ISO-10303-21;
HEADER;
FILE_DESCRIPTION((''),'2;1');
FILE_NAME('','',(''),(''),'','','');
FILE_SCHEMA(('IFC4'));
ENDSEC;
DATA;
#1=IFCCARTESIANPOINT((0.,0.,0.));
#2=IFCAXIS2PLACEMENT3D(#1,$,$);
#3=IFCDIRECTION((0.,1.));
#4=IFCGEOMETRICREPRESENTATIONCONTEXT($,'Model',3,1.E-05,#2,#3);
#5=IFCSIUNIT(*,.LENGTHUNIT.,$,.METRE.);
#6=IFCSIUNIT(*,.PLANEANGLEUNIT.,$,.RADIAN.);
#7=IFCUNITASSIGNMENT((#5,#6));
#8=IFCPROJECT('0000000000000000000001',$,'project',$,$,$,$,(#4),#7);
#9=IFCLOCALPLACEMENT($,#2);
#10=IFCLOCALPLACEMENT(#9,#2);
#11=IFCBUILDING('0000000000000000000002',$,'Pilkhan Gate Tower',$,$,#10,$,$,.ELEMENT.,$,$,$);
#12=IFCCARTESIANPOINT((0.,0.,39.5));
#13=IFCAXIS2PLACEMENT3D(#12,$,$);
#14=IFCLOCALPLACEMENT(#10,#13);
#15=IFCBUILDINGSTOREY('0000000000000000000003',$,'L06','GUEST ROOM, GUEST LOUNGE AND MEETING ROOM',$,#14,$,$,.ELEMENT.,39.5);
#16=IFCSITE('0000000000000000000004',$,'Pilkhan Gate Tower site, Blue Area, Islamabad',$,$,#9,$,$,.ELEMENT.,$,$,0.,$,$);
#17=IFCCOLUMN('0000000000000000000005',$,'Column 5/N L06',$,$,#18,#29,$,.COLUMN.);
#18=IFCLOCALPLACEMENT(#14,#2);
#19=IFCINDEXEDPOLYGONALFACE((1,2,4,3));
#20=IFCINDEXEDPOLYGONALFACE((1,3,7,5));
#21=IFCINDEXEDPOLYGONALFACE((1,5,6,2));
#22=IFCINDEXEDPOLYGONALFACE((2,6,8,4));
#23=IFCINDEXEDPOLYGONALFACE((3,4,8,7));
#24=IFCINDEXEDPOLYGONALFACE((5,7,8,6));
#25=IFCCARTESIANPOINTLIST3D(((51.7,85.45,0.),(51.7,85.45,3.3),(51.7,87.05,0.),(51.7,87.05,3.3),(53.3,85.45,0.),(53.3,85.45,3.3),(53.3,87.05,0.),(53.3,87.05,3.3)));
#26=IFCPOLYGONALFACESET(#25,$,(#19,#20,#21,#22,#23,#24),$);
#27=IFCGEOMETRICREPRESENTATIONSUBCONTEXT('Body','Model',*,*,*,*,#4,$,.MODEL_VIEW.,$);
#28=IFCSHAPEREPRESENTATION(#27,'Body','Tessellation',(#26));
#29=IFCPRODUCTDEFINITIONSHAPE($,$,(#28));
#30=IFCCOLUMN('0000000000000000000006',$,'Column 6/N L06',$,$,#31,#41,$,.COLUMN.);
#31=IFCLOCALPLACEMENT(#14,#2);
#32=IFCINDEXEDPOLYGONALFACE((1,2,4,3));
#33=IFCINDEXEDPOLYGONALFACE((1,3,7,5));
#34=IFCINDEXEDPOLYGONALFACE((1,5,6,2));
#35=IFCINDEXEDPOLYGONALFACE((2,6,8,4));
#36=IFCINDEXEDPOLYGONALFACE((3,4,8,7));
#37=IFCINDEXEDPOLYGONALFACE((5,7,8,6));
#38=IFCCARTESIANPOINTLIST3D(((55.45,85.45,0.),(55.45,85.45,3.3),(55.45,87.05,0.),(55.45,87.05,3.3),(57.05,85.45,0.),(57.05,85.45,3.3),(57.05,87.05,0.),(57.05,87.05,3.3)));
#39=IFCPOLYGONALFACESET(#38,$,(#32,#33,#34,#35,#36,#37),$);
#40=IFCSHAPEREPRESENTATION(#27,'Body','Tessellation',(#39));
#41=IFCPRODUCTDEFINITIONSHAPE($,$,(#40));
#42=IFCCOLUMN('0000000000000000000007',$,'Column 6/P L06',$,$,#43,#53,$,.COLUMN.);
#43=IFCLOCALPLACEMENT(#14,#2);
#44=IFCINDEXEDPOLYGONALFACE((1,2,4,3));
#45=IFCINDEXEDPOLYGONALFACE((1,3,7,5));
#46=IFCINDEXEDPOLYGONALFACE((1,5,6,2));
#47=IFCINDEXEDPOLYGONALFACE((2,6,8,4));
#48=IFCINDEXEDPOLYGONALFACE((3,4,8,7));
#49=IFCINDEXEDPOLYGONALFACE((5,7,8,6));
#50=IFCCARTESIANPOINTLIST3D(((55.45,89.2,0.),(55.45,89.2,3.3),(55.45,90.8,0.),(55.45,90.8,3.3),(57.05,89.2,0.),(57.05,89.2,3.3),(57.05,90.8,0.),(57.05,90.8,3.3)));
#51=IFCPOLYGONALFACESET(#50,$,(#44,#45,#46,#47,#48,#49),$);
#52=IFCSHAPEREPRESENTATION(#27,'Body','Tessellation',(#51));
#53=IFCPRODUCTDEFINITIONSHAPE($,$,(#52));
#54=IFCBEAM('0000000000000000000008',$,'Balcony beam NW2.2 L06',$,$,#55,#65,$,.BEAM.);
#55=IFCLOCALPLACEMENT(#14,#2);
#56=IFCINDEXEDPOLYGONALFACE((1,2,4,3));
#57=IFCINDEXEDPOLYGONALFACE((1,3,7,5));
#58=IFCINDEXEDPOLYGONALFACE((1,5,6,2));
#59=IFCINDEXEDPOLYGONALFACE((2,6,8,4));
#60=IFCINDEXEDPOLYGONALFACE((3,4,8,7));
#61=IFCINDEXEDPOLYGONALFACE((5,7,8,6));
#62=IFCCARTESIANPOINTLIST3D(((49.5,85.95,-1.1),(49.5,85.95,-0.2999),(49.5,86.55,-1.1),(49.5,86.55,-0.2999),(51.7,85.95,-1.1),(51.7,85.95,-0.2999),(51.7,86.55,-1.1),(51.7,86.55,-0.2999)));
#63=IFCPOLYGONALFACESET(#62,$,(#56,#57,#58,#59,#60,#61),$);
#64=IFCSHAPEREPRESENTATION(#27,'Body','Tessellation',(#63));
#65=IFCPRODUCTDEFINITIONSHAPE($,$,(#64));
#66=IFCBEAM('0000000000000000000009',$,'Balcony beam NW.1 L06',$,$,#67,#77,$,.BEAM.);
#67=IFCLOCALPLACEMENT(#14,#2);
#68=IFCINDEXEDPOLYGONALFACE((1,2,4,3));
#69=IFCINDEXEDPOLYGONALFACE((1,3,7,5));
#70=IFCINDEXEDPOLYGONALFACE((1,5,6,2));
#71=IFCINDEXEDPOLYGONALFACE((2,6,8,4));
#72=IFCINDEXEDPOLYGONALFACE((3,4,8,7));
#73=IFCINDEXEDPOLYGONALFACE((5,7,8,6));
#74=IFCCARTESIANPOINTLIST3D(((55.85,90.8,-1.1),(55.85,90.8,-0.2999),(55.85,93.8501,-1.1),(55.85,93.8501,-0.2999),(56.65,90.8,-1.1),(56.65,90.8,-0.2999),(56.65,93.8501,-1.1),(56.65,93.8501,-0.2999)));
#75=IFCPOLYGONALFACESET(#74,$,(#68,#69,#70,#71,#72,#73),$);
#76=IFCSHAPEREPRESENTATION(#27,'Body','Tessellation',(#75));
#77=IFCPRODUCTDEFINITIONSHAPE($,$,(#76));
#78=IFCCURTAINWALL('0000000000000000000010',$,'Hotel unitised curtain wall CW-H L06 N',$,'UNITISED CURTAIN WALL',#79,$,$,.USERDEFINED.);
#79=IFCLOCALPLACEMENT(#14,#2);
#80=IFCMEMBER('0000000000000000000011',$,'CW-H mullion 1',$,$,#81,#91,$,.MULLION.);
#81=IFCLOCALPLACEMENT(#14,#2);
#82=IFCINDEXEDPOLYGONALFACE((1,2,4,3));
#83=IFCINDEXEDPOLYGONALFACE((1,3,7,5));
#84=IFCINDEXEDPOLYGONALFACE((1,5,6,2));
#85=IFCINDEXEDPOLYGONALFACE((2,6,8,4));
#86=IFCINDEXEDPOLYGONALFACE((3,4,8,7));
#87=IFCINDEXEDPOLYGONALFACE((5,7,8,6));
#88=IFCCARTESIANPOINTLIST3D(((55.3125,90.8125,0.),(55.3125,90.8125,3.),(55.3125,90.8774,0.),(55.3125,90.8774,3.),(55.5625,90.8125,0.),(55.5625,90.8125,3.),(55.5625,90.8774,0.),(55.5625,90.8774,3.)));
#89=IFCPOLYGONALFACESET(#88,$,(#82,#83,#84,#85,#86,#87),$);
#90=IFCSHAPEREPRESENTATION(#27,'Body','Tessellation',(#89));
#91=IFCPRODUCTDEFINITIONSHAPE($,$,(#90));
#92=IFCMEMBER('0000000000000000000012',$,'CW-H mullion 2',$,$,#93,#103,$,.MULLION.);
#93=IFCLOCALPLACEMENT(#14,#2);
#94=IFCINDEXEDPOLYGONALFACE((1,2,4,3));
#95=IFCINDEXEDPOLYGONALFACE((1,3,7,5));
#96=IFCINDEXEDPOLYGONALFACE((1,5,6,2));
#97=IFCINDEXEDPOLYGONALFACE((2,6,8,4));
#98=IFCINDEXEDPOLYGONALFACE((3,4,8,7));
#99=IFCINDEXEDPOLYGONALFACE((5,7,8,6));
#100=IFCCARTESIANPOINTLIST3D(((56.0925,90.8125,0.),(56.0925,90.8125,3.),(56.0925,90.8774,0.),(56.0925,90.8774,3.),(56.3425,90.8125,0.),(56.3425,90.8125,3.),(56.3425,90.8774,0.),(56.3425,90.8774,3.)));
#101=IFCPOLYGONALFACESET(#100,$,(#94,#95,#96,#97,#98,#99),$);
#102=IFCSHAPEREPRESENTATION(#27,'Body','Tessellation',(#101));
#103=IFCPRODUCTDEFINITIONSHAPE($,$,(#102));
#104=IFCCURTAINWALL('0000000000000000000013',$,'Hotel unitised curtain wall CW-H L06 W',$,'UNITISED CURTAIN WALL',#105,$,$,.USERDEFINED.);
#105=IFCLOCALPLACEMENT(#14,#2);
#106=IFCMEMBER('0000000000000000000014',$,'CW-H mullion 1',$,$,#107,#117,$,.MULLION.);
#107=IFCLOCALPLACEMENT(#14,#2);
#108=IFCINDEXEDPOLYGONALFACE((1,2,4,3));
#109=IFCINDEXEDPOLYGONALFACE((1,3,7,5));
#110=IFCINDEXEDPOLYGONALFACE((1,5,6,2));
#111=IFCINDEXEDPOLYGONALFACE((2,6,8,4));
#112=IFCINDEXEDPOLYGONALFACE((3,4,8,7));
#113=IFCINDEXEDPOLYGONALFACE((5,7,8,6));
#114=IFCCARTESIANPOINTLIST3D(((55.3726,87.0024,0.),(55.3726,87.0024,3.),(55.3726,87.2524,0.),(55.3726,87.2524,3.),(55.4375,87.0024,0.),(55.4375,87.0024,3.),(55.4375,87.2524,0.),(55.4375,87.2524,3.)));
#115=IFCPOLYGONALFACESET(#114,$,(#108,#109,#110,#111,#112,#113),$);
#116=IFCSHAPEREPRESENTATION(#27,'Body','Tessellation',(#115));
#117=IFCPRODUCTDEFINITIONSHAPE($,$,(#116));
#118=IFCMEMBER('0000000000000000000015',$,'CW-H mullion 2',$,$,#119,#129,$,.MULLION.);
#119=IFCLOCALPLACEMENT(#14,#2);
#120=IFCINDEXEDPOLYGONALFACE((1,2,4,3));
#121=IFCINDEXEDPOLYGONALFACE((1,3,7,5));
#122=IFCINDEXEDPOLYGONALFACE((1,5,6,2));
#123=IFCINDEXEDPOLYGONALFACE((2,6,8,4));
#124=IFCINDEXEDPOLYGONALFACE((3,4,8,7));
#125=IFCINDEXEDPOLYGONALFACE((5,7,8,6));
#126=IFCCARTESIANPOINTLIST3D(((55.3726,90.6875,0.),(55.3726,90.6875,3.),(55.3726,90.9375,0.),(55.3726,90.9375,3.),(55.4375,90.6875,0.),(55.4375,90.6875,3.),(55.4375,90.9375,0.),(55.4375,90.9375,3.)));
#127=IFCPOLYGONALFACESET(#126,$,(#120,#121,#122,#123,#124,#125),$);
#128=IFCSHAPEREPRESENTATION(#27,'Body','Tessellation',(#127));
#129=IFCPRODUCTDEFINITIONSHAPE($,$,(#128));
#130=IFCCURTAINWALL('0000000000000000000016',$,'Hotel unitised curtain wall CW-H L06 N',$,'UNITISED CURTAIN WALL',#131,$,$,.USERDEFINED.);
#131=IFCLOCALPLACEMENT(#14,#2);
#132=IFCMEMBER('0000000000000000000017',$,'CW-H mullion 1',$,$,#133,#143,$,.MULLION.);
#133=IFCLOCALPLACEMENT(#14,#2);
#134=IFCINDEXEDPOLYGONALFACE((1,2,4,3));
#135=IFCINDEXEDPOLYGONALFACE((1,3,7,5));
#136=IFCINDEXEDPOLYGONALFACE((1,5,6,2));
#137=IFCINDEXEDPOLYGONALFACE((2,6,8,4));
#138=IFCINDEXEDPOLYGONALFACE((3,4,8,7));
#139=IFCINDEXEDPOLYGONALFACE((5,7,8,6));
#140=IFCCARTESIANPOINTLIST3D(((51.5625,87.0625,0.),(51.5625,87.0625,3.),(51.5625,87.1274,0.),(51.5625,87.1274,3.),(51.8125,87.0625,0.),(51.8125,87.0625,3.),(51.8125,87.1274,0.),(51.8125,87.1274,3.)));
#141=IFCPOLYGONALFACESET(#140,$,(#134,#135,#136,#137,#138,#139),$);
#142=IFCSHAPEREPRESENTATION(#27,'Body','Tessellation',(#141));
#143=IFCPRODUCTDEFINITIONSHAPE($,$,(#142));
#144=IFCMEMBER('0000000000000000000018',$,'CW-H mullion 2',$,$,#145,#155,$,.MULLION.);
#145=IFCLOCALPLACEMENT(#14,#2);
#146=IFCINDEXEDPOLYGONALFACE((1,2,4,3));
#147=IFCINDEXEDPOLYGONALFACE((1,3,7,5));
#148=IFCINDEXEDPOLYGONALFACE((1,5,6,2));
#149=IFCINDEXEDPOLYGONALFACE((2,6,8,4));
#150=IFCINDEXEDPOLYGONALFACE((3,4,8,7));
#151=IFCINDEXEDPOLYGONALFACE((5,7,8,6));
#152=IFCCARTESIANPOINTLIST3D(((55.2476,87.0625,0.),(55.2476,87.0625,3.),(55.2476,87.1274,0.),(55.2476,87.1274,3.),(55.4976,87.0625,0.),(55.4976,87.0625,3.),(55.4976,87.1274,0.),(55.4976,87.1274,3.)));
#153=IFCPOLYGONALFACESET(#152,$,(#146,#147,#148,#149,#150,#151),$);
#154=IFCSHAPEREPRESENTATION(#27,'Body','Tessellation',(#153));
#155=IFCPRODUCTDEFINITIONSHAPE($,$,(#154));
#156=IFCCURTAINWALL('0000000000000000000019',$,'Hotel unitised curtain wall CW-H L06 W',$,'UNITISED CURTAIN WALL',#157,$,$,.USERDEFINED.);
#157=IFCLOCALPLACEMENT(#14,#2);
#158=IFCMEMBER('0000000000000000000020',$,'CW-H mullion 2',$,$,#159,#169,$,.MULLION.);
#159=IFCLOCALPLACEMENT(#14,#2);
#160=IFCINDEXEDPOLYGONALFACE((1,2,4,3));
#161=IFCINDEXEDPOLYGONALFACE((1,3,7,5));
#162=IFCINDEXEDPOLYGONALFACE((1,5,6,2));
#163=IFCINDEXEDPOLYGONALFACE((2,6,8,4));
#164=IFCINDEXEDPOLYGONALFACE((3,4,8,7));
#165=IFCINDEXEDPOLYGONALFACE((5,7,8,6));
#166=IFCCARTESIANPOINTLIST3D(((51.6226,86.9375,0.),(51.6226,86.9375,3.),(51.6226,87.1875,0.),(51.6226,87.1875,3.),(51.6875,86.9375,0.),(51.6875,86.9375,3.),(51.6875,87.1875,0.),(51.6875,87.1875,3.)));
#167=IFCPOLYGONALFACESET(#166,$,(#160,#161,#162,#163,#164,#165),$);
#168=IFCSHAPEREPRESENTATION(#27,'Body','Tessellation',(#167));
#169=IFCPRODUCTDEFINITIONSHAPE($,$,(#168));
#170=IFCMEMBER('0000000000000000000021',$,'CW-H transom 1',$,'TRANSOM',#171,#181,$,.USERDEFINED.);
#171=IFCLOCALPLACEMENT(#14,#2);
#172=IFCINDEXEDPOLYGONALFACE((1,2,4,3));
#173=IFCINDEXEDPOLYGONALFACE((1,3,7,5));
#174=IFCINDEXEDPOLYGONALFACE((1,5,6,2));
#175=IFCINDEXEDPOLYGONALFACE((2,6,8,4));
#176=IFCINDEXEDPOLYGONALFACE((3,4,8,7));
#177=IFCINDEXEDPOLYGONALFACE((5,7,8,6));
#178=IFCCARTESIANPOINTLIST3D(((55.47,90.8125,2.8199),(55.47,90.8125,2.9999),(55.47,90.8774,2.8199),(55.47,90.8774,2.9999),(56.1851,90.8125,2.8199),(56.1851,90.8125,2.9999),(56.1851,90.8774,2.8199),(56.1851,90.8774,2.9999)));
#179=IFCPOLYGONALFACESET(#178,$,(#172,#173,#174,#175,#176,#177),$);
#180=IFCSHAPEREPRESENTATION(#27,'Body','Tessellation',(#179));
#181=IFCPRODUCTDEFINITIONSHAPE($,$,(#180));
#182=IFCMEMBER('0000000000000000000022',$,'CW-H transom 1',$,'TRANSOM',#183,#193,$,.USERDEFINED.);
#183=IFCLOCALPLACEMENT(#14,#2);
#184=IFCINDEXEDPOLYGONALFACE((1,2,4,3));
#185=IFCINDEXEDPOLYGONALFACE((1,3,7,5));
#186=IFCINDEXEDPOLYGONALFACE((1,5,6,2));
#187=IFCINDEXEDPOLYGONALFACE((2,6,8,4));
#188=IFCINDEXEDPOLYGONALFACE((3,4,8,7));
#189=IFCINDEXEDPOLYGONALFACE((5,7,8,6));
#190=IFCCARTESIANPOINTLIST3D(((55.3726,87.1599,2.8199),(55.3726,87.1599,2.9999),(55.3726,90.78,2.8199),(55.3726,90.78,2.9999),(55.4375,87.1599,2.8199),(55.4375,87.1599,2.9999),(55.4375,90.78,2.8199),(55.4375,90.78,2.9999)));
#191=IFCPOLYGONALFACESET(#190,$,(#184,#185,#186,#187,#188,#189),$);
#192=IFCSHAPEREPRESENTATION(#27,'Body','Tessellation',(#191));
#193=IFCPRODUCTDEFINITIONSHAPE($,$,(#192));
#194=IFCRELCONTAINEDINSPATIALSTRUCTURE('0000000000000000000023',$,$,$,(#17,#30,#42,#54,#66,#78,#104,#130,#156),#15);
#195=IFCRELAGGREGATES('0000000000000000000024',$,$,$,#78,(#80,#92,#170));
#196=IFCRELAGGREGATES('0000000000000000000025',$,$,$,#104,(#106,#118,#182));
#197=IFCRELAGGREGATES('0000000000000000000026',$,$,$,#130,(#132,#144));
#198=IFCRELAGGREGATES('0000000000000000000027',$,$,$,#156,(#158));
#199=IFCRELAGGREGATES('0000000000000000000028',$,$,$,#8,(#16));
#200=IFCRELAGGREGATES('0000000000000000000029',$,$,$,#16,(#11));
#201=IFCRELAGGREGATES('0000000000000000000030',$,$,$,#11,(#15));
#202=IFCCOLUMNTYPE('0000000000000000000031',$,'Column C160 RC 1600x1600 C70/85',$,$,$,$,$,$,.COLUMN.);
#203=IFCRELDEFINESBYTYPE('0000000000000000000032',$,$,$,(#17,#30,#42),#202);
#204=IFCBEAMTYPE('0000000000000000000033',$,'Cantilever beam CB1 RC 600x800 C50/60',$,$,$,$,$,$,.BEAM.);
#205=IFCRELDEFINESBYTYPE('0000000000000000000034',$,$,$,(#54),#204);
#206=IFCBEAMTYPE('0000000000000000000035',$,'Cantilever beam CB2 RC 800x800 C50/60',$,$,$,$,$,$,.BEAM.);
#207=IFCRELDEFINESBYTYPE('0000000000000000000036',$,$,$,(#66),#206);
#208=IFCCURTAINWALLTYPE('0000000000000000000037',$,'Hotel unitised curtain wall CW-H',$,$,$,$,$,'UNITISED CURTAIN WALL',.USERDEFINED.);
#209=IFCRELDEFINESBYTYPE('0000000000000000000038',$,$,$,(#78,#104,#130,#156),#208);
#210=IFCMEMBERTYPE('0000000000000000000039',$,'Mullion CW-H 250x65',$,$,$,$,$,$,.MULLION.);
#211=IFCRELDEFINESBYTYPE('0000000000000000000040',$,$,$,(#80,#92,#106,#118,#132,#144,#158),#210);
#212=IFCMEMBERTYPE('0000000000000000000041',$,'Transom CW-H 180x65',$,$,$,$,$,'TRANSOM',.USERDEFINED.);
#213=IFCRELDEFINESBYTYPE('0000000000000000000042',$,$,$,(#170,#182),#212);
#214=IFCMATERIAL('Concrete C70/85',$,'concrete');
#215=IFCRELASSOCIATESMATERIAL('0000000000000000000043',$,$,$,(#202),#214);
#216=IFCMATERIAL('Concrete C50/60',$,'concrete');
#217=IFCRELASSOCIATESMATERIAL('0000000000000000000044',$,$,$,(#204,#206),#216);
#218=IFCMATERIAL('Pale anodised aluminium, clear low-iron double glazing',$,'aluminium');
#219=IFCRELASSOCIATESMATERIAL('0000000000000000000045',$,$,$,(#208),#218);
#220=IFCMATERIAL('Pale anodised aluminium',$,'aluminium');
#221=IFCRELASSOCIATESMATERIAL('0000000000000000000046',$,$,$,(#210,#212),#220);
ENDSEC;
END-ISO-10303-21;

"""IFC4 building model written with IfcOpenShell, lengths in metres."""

from ifc_helpers import new_model, si_unit, direction, frame, origin, origin_2d, place, context, subcontext, project, spatial, rectangle, extrude, material, material_profile, profile_set, type_object, element, aggregate, save


model = new_model("IFC4")

# Units and contexts
model_context = context("Model", 3, precision=1e-05, world=origin(), true_north=direction((0.0, 1.0)))
body_context = subcontext(model_context, "Body", "Model", "MODEL_VIEW")
ifc_project = project(units=[si_unit("LENGTHUNIT", "METRE"), si_unit("PLANEANGLEUNIT", "RADIAN")], contexts=[model_context])

# Site, building, storey
site_placement = place(None, origin())
site = spatial("IfcSite", under=ifc_project, at=site_placement, Name="Pilkhan Gate Tower site, Blue Area, Islamabad", CompositionType="ELEMENT", RefElevation=0.0)
building_placement = place(site_placement, origin())
building = spatial("IfcBuilding", under=site, at=building_placement, Name="Pilkhan Gate Tower", CompositionType="ELEMENT")
storey_placement = place(building_placement, frame((0.0, 0.0, 39.5)))
storey = spatial("IfcBuildingStorey", under=building, at=storey_placement, Name="L06", Description="GUEST ROOM, GUEST LOUNGE AND MEETING ROOM", CompositionType="ELEMENT", Elevation=39.5)

# Columns
ifc_material_1 = material(Name="Concrete C70/85", Category="concrete")
ifc_material_profile_1 = material_profile(ifc_material_1, rectangle(XDim=1.6001, YDim=1.6001, at=origin_2d()), Name="RC 1600x1600")
ifc_profile_set_1 = profile_set([ifc_material_profile_1], Name="Concrete C70/85")
column_type = type_object("IfcColumnType", Name="Column C160 RC 1600x1600 C70/85", PredefinedType="COLUMN", material=ifc_profile_set_1)
for number, where, z_axis, x_axis, name in (
    (1, (52.5, 86.25, 0.0), (0.0, 0.0, 1.0), (1.0, 0.0, 0.0), "Column 5/N L06"),
    (2, (56.25, 86.25, 0.0), (0.0, 0.0, 1.0), (1.0, 0.0, 0.0), "Column 6/N L06"),
    (3, (56.25, 90.0, 0.0), (0.0, 0.0, 1.0), (1.0, 0.0, 0.0), "Column 6/P L06"),
):
    element("IfcColumn", number, at=place(storey_placement, frame(where, z_axis=z_axis, x_axis=x_axis)), inside=storey, type_object=column_type, Name=name, PredefinedType="COLUMN", context=body_context, shape_type="SweptSolid", body=[
        extrude(rectangle(XDim=1.6001, YDim=1.6001, at=origin_2d()), origin(), (0.0, 0.0, 1.0), 3.3),
    ])

# Beams
ifc_material_2 = material(Name="Concrete C50/60", Category="concrete")
ifc_material_profile_2 = material_profile(ifc_material_2, rectangle(XDim=0.6001, YDim=0.8, at=origin_2d()), Name="RC 600x800")
ifc_profile_set_2 = profile_set([ifc_material_profile_2], Name="Concrete C50/60")
beam_type_1 = type_object("IfcBeamType", Name="Cantilever beam CB1 RC 600x800 C50/60", PredefinedType="BEAM", material=ifc_profile_set_2)
beam_1_placement = place(storey_placement, frame((51.7, 86.25, -0.7), z_axis=(-1.0, 0.0, 0.0), x_axis=(0.0, -1.0, 0.0)))
element("IfcBeam", 4, at=beam_1_placement, inside=storey, type_object=beam_type_1, Name="Balcony beam NW2.2 L06", PredefinedType="BEAM", context=body_context, shape_type="SweptSolid", body=[
    extrude(rectangle(XDim=0.6001, YDim=0.8, at=origin_2d()), origin(), (0.0, 0.0, 1.0), 2.2),
])
ifc_material_profile_3 = material_profile(ifc_material_2, rectangle(XDim=0.8, YDim=0.8, at=origin_2d()), Name="RC 800x800")
ifc_profile_set_3 = profile_set([ifc_material_profile_3], Name="Concrete C50/60")
beam_type_2 = type_object("IfcBeamType", Name="Cantilever beam CB2 RC 800x800 C50/60", PredefinedType="BEAM", material=ifc_profile_set_3)
beam_2_placement = place(storey_placement, frame((56.25, 90.8, -0.7), z_axis=(0.0, 1.0, 0.0), x_axis=(-1.0, 0.0, 0.0)))
element("IfcBeam", 5, at=beam_2_placement, inside=storey, type_object=beam_type_2, Name="Balcony beam NW.1 L06", PredefinedType="BEAM", context=body_context, shape_type="SweptSolid", body=[
    extrude(rectangle(XDim=0.8, YDim=0.8, at=origin_2d()), origin(), (0.0, 0.0, 1.0), 3.05),
])

# Curtain walls, members
ifc_material_3 = material(Name="Pale anodised aluminium, clear low-iron double glazing", Category="aluminium")
curtain_wall_type = type_object("IfcCurtainWallType", Name="Hotel unitised curtain wall CW-H", ElementType="UNITISED CURTAIN WALL", PredefinedType="USERDEFINED", material=ifc_material_3)
curtain_wall_1_placement = place(storey_placement, origin())
curtain_wall_1 = element("IfcCurtainWall", 6, at=curtain_wall_1_placement, inside=storey, type_object=curtain_wall_type, Name="Hotel unitised curtain wall CW-H L06 N", ObjectType="UNITISED CURTAIN WALL", PredefinedType="USERDEFINED")
ifc_material_4 = material(Name="Pale anodised aluminium", Category="aluminium")
ifc_material_profile_4 = material_profile(ifc_material_4, rectangle(XDim=0.0649, YDim=0.25, at=origin_2d()), Name="Mullion 250x65")
ifc_profile_set_4 = profile_set([ifc_material_profile_4], Name="Pale anodised aluminium")
member_type_1 = type_object("IfcMemberType", Name="Mullion CW-H 250x65", PredefinedType="MULLION", material=ifc_profile_set_4)
member_1_placement = place(storey_placement, frame((55.4375, 90.845, 0.0), z_axis=(0.0, 0.0, 1.0), x_axis=(0.0, 1.0, 0.0)))
member_1 = element("IfcMember", 7, at=member_1_placement, type_object=member_type_1, Name="CW-H mullion 1", PredefinedType="MULLION", context=body_context, shape_type="SweptSolid", body=[
    extrude(rectangle(XDim=0.0649, YDim=0.25, at=origin_2d()), origin(), (0.0, 0.0, 1.0), 3.0),
])
member_2_placement = place(storey_placement, frame((56.2175, 90.845, 0.0), z_axis=(0.0, 0.0, 1.0), x_axis=(0.0, 1.0, 0.0)))
member_2 = element("IfcMember", 8, at=member_2_placement, type_object=member_type_1, Name="CW-H mullion 2", PredefinedType="MULLION", context=body_context, shape_type="SweptSolid", body=[
    extrude(rectangle(XDim=0.0649, YDim=0.25, at=origin_2d()), origin(), (0.0, 0.0, 1.0), 3.0),
])
curtain_wall_2_placement = place(storey_placement, origin())
curtain_wall_2 = element("IfcCurtainWall", 9, at=curtain_wall_2_placement, inside=storey, type_object=curtain_wall_type, Name="Hotel unitised curtain wall CW-H L06 W", ObjectType="UNITISED CURTAIN WALL", PredefinedType="USERDEFINED")
member_3_placement = place(storey_placement, frame((55.405, 87.1274, 0.0), z_axis=(0.0, 0.0, 1.0), x_axis=(-1.0, 0.0, 0.0)))
member_3 = element("IfcMember", 10, at=member_3_placement, type_object=member_type_1, Name="CW-H mullion 1", PredefinedType="MULLION", context=body_context, shape_type="SweptSolid", body=[
    extrude(rectangle(XDim=0.0649, YDim=0.25, at=origin_2d()), origin(), (0.0, 0.0, 1.0), 3.0),
])
member_4_placement = place(storey_placement, frame((55.405, 90.8125, 0.0), z_axis=(0.0, 0.0, 1.0), x_axis=(-1.0, 0.0, 0.0)))
member_4 = element("IfcMember", 11, at=member_4_placement, type_object=member_type_1, Name="CW-H mullion 2", PredefinedType="MULLION", context=body_context, shape_type="SweptSolid", body=[
    extrude(rectangle(XDim=0.0649, YDim=0.25, at=origin_2d()), origin(), (0.0, 0.0, 1.0), 3.0),
])
curtain_wall_3_placement = place(storey_placement, origin())
curtain_wall_3 = element("IfcCurtainWall", 12, at=curtain_wall_3_placement, inside=storey, type_object=curtain_wall_type, Name="Hotel unitised curtain wall CW-H L06 N", ObjectType="UNITISED CURTAIN WALL", PredefinedType="USERDEFINED")
member_5_placement = place(storey_placement, frame((51.6875, 87.095, 0.0), z_axis=(0.0, 0.0, 1.0), x_axis=(0.0, 1.0, 0.0)))
member_5 = element("IfcMember", 13, at=member_5_placement, type_object=member_type_1, Name="CW-H mullion 1", PredefinedType="MULLION", context=body_context, shape_type="SweptSolid", body=[
    extrude(rectangle(XDim=0.0649, YDim=0.25, at=origin_2d()), origin(), (0.0, 0.0, 1.0), 3.0),
])
member_6_placement = place(storey_placement, frame((55.3726, 87.095, 0.0), z_axis=(0.0, 0.0, 1.0), x_axis=(0.0, 1.0, 0.0)))
member_6 = element("IfcMember", 14, at=member_6_placement, type_object=member_type_1, Name="CW-H mullion 2", PredefinedType="MULLION", context=body_context, shape_type="SweptSolid", body=[
    extrude(rectangle(XDim=0.0649, YDim=0.25, at=origin_2d()), origin(), (0.0, 0.0, 1.0), 3.0),
])

# Curtain wall, member
curtain_wall_4_placement = place(storey_placement, origin())
curtain_wall_4 = element("IfcCurtainWall", 15, at=curtain_wall_4_placement, inside=storey, type_object=curtain_wall_type, Name="Hotel unitised curtain wall CW-H L06 W", ObjectType="UNITISED CURTAIN WALL", PredefinedType="USERDEFINED")
member_7_placement = place(storey_placement, frame((51.655, 87.0625, 0.0), z_axis=(0.0, 0.0, 1.0), x_axis=(-1.0, 0.0, 0.0)))
member_7 = element("IfcMember", 16, at=member_7_placement, type_object=member_type_1, Name="CW-H mullion 2", PredefinedType="MULLION", context=body_context, shape_type="SweptSolid", body=[
    extrude(rectangle(XDim=0.0649, YDim=0.25, at=origin_2d()), origin(), (0.0, 0.0, 1.0), 3.0),
])

# Members
ifc_material_profile_5 = material_profile(ifc_material_4, rectangle(XDim=0.0649, YDim=0.1799, at=origin_2d()), Name="Transom 180x65")
ifc_profile_set_5 = profile_set([ifc_material_profile_5], Name="Pale anodised aluminium")
member_type_2 = type_object("IfcMemberType", Name="Transom CW-H 180x65", ElementType="TRANSOM", PredefinedType="USERDEFINED", material=ifc_profile_set_5)
member_8_placement = place(storey_placement, frame((55.47, 90.845, 2.9099), z_axis=(1.0, 0.0, 0.0), x_axis=(0.0, 1.0, 0.0)))
member_8 = element("IfcMember", 17, at=member_8_placement, type_object=member_type_2, Name="CW-H transom 1", ObjectType="TRANSOM", PredefinedType="USERDEFINED", context=body_context, shape_type="SweptSolid", body=[
    extrude(rectangle(XDim=0.0649, YDim=0.1799, at=origin_2d()), origin(), (0.0, 0.0, 1.0), 0.7151),
])
member_9_placement = place(storey_placement, frame((55.405, 87.1599, 2.9099), z_axis=(0.0, 1.0, 0.0), x_axis=(-1.0, 0.0, 0.0)))
member_9 = element("IfcMember", 18, at=member_9_placement, type_object=member_type_2, Name="CW-H transom 1", ObjectType="TRANSOM", PredefinedType="USERDEFINED", context=body_context, shape_type="SweptSolid", body=[
    extrude(rectangle(XDim=0.0649, YDim=0.1799, at=origin_2d()), origin(), (0.0, 0.0, 1.0), 3.6201),
])

aggregate(curtain_wall_1, [member_1, member_2, member_8])
aggregate(curtain_wall_2, [member_3, member_4, member_9])
aggregate(curtain_wall_3, [member_5, member_6])
aggregate(curtain_wall_4, [member_7])

save(model, "model.ifc")
